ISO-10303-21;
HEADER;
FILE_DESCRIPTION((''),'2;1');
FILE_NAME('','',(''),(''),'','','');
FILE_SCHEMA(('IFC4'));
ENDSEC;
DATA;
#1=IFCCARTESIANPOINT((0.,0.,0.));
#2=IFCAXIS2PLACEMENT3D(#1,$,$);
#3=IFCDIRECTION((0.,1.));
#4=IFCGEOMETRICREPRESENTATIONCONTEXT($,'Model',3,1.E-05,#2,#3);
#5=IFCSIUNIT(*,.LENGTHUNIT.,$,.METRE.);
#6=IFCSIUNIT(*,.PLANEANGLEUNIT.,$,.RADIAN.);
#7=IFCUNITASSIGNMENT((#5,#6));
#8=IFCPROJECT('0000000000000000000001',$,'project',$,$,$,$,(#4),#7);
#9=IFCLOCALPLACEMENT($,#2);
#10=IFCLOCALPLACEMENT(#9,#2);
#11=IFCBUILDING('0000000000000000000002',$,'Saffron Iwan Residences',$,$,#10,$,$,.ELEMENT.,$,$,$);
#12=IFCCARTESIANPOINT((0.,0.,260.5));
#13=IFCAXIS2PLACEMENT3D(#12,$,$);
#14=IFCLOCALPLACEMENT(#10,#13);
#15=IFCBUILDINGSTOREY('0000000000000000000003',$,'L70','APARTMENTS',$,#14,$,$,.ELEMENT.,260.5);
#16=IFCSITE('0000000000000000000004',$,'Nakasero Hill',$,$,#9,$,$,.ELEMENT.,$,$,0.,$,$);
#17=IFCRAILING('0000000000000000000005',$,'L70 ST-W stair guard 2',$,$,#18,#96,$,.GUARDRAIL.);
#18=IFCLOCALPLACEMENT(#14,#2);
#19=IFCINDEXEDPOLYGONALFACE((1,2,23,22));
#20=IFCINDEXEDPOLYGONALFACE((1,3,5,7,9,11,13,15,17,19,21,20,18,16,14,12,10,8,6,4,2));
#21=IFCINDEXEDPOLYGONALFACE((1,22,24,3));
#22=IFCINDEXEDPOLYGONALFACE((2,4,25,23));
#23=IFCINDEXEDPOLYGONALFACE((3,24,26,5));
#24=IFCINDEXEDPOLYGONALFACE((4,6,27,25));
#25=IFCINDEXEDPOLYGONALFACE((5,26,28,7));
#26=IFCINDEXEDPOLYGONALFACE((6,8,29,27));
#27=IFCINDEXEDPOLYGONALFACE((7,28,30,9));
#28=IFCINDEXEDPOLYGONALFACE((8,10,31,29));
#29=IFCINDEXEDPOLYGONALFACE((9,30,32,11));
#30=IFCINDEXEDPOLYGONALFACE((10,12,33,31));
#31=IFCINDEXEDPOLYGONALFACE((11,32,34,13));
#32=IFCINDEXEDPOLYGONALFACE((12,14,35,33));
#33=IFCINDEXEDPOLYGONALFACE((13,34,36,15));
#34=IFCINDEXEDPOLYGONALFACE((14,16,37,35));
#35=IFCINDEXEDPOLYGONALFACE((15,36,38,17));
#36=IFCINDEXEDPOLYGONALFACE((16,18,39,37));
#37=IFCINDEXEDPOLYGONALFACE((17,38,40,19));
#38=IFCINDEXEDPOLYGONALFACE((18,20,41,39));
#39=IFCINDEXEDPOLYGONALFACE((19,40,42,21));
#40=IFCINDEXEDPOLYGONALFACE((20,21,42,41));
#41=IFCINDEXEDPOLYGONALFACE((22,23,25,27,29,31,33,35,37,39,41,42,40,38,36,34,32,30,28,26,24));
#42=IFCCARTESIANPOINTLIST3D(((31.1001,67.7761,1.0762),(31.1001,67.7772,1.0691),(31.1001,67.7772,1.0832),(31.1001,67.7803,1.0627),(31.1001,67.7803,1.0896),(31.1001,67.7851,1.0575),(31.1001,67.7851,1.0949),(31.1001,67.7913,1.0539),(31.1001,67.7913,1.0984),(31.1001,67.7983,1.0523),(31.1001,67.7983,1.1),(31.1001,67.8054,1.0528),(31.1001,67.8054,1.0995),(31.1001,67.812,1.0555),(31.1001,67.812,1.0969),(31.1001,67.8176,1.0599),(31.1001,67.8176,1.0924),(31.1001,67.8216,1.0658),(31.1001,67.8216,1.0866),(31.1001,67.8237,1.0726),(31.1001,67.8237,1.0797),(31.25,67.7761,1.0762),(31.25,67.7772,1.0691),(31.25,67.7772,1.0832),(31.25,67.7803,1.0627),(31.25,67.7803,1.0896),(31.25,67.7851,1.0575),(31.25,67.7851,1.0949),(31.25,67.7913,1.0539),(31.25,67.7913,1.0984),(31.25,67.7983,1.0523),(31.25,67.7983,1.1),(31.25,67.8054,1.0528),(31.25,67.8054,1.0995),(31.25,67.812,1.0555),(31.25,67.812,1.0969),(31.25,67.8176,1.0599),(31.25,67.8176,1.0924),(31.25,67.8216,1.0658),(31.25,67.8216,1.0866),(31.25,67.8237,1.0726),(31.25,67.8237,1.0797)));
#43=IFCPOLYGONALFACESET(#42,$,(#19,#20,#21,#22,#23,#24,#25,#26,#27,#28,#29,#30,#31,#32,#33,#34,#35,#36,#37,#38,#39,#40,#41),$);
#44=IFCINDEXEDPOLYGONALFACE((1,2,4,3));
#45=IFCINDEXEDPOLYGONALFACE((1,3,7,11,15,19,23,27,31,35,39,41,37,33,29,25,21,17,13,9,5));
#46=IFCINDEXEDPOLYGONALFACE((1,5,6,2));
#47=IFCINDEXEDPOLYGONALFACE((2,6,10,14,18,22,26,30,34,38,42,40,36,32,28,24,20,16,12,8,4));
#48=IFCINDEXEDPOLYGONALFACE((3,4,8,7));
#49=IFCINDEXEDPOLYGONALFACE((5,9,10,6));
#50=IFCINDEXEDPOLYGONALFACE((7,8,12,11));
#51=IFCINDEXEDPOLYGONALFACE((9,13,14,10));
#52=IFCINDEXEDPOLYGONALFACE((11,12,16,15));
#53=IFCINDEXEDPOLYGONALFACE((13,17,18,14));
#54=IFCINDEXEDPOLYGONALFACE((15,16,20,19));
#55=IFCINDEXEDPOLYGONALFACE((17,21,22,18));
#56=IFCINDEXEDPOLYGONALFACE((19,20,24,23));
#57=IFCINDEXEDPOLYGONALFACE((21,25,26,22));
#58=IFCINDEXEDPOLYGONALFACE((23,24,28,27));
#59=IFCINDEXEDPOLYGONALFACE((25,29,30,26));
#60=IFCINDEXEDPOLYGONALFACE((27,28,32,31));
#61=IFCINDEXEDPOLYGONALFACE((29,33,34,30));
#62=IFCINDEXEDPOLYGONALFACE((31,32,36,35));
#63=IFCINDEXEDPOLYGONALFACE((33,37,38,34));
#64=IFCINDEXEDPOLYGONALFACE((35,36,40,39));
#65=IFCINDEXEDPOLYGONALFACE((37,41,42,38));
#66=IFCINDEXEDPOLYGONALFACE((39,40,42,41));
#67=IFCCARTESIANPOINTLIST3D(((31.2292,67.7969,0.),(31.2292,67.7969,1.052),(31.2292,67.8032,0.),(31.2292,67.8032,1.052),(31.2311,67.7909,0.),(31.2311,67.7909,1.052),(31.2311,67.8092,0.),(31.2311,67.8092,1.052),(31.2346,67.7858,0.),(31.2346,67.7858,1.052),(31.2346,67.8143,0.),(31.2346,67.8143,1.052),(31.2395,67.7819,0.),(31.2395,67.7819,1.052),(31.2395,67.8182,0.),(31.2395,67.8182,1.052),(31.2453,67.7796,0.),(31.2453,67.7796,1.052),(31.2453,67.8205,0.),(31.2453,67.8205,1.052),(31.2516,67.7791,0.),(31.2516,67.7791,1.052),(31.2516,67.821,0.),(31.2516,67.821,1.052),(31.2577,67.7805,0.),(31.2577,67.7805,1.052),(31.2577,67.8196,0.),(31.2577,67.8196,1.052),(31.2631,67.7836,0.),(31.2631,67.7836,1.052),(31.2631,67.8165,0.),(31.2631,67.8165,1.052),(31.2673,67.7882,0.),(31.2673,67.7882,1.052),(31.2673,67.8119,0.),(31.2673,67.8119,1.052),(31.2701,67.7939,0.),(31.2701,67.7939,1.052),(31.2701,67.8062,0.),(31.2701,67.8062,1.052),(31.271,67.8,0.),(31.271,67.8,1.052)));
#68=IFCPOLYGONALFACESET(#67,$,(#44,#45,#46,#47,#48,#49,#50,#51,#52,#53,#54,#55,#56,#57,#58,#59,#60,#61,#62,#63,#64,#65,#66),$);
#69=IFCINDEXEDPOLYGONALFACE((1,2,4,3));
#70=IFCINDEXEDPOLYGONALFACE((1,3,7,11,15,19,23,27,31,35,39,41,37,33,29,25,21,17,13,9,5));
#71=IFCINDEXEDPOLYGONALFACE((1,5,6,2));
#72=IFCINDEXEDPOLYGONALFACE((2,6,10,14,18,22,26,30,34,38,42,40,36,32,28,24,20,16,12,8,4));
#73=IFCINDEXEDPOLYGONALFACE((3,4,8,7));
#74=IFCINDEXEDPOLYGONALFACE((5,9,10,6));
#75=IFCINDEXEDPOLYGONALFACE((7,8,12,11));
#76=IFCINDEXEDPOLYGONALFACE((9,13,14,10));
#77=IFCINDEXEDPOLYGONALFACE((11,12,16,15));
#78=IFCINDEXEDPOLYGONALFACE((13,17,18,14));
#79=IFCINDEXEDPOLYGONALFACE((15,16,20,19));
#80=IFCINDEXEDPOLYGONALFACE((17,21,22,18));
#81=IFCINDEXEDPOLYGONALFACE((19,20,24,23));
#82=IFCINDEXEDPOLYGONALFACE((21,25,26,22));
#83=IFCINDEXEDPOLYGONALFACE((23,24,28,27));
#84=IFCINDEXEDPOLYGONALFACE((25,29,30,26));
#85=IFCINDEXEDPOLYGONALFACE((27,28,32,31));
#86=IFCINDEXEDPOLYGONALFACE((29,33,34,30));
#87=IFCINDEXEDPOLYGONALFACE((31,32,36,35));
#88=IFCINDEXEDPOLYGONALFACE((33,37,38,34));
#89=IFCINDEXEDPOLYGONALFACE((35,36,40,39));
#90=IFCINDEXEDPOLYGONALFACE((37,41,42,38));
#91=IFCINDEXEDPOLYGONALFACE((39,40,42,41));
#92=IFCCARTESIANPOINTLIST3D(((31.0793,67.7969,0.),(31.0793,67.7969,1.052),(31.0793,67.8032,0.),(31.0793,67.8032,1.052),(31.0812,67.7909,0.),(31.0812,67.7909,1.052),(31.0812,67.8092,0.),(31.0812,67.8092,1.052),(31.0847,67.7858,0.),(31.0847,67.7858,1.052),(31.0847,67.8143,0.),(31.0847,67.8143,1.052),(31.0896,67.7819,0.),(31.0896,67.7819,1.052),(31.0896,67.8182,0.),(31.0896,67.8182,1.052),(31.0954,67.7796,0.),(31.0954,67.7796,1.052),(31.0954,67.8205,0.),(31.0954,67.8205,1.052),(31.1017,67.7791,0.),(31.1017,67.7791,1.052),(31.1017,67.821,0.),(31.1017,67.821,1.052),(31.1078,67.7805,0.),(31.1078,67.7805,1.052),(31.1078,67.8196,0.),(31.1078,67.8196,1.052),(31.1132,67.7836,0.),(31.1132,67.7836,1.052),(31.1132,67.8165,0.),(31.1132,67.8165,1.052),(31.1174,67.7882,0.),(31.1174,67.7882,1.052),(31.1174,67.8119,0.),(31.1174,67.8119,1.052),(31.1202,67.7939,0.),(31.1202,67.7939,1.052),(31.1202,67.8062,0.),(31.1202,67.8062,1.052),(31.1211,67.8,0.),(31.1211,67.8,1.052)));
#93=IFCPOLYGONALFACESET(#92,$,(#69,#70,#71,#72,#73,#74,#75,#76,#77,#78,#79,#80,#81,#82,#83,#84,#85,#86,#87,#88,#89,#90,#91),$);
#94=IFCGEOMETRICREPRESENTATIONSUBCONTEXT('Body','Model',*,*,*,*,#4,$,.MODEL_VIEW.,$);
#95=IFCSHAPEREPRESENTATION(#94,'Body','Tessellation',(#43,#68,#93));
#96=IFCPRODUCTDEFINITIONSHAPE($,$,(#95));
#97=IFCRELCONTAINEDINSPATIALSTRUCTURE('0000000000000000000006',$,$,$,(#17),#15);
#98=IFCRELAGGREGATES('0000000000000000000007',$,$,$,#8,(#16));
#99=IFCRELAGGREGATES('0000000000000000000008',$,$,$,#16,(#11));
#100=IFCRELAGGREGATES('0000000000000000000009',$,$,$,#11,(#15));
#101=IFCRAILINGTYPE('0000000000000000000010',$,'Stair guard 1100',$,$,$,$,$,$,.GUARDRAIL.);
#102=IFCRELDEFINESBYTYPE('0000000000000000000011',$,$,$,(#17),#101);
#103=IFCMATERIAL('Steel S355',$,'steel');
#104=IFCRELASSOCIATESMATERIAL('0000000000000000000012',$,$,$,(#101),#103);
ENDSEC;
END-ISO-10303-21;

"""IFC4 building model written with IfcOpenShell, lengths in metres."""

from ifc_helpers import new_model, si_unit, direction, frame, origin, origin_2d, place, context, subcontext, project, spatial, circle, extrude, material, type_object, element, save


model = new_model("IFC4")

# Units and contexts
model_context = context("Model", 3, precision=1e-05, world=origin(), true_north=direction((0.0, 1.0)))
body_context = subcontext(model_context, "Body", "Model", "MODEL_VIEW")
ifc_project = project(units=[si_unit("LENGTHUNIT", "METRE"), si_unit("PLANEANGLEUNIT", "RADIAN")], contexts=[model_context])

# Site, building, storey
site_placement = place(None, origin())
site = spatial("IfcSite", under=ifc_project, at=site_placement, Name="Nakasero Hill", CompositionType="ELEMENT", RefElevation=0.0)
building_placement = place(site_placement, origin())
building = spatial("IfcBuilding", under=site, at=building_placement, Name="Saffron Iwan Residences", CompositionType="ELEMENT")
storey_placement = place(building_placement, frame((0.0, 0.0, 260.5)))
storey = spatial("IfcBuildingStorey", under=building, at=storey_placement, Name="L70", Description="APARTMENTS", CompositionType="ELEMENT", Elevation=260.5)

# Railing
ifc_material_1 = material(Name="Steel S355", Category="steel")
railing_type_1 = type_object("IfcRailingType", Name="Stair guard 1100", PredefinedType="GUARDRAIL", material=ifc_material_1)
railing_1_placement = place(storey_placement, frame((31.25, 67.8, 0.0)))
element("IfcRailing", 1, at=railing_1_placement, inside=storey, type_object=railing_type_1, Name="L70 ST-W stair guard 2", PredefinedType="GUARDRAIL", context=body_context, shape_type="SweptSolid", body=[
    extrude(circle(Radius=0.0239, at=origin_2d()), frame((0.0, 0.0, 1.0762), z_axis=(-1.0, 0.0, 0.0), x_axis=(0.0, -1.0, 0.0)), (0.0, 0.0, 1.0), 0.1499),
    extrude(circle(Radius=0.021, at=origin_2d()), origin(), (0.0, 0.0, 1.0), 1.052),
    extrude(circle(Radius=0.021, at=origin_2d()), frame((-0.1499, 0.0, 0.0)), (0.0, 0.0, 1.0), 1.052),
])

save(model, "model.ifc")
